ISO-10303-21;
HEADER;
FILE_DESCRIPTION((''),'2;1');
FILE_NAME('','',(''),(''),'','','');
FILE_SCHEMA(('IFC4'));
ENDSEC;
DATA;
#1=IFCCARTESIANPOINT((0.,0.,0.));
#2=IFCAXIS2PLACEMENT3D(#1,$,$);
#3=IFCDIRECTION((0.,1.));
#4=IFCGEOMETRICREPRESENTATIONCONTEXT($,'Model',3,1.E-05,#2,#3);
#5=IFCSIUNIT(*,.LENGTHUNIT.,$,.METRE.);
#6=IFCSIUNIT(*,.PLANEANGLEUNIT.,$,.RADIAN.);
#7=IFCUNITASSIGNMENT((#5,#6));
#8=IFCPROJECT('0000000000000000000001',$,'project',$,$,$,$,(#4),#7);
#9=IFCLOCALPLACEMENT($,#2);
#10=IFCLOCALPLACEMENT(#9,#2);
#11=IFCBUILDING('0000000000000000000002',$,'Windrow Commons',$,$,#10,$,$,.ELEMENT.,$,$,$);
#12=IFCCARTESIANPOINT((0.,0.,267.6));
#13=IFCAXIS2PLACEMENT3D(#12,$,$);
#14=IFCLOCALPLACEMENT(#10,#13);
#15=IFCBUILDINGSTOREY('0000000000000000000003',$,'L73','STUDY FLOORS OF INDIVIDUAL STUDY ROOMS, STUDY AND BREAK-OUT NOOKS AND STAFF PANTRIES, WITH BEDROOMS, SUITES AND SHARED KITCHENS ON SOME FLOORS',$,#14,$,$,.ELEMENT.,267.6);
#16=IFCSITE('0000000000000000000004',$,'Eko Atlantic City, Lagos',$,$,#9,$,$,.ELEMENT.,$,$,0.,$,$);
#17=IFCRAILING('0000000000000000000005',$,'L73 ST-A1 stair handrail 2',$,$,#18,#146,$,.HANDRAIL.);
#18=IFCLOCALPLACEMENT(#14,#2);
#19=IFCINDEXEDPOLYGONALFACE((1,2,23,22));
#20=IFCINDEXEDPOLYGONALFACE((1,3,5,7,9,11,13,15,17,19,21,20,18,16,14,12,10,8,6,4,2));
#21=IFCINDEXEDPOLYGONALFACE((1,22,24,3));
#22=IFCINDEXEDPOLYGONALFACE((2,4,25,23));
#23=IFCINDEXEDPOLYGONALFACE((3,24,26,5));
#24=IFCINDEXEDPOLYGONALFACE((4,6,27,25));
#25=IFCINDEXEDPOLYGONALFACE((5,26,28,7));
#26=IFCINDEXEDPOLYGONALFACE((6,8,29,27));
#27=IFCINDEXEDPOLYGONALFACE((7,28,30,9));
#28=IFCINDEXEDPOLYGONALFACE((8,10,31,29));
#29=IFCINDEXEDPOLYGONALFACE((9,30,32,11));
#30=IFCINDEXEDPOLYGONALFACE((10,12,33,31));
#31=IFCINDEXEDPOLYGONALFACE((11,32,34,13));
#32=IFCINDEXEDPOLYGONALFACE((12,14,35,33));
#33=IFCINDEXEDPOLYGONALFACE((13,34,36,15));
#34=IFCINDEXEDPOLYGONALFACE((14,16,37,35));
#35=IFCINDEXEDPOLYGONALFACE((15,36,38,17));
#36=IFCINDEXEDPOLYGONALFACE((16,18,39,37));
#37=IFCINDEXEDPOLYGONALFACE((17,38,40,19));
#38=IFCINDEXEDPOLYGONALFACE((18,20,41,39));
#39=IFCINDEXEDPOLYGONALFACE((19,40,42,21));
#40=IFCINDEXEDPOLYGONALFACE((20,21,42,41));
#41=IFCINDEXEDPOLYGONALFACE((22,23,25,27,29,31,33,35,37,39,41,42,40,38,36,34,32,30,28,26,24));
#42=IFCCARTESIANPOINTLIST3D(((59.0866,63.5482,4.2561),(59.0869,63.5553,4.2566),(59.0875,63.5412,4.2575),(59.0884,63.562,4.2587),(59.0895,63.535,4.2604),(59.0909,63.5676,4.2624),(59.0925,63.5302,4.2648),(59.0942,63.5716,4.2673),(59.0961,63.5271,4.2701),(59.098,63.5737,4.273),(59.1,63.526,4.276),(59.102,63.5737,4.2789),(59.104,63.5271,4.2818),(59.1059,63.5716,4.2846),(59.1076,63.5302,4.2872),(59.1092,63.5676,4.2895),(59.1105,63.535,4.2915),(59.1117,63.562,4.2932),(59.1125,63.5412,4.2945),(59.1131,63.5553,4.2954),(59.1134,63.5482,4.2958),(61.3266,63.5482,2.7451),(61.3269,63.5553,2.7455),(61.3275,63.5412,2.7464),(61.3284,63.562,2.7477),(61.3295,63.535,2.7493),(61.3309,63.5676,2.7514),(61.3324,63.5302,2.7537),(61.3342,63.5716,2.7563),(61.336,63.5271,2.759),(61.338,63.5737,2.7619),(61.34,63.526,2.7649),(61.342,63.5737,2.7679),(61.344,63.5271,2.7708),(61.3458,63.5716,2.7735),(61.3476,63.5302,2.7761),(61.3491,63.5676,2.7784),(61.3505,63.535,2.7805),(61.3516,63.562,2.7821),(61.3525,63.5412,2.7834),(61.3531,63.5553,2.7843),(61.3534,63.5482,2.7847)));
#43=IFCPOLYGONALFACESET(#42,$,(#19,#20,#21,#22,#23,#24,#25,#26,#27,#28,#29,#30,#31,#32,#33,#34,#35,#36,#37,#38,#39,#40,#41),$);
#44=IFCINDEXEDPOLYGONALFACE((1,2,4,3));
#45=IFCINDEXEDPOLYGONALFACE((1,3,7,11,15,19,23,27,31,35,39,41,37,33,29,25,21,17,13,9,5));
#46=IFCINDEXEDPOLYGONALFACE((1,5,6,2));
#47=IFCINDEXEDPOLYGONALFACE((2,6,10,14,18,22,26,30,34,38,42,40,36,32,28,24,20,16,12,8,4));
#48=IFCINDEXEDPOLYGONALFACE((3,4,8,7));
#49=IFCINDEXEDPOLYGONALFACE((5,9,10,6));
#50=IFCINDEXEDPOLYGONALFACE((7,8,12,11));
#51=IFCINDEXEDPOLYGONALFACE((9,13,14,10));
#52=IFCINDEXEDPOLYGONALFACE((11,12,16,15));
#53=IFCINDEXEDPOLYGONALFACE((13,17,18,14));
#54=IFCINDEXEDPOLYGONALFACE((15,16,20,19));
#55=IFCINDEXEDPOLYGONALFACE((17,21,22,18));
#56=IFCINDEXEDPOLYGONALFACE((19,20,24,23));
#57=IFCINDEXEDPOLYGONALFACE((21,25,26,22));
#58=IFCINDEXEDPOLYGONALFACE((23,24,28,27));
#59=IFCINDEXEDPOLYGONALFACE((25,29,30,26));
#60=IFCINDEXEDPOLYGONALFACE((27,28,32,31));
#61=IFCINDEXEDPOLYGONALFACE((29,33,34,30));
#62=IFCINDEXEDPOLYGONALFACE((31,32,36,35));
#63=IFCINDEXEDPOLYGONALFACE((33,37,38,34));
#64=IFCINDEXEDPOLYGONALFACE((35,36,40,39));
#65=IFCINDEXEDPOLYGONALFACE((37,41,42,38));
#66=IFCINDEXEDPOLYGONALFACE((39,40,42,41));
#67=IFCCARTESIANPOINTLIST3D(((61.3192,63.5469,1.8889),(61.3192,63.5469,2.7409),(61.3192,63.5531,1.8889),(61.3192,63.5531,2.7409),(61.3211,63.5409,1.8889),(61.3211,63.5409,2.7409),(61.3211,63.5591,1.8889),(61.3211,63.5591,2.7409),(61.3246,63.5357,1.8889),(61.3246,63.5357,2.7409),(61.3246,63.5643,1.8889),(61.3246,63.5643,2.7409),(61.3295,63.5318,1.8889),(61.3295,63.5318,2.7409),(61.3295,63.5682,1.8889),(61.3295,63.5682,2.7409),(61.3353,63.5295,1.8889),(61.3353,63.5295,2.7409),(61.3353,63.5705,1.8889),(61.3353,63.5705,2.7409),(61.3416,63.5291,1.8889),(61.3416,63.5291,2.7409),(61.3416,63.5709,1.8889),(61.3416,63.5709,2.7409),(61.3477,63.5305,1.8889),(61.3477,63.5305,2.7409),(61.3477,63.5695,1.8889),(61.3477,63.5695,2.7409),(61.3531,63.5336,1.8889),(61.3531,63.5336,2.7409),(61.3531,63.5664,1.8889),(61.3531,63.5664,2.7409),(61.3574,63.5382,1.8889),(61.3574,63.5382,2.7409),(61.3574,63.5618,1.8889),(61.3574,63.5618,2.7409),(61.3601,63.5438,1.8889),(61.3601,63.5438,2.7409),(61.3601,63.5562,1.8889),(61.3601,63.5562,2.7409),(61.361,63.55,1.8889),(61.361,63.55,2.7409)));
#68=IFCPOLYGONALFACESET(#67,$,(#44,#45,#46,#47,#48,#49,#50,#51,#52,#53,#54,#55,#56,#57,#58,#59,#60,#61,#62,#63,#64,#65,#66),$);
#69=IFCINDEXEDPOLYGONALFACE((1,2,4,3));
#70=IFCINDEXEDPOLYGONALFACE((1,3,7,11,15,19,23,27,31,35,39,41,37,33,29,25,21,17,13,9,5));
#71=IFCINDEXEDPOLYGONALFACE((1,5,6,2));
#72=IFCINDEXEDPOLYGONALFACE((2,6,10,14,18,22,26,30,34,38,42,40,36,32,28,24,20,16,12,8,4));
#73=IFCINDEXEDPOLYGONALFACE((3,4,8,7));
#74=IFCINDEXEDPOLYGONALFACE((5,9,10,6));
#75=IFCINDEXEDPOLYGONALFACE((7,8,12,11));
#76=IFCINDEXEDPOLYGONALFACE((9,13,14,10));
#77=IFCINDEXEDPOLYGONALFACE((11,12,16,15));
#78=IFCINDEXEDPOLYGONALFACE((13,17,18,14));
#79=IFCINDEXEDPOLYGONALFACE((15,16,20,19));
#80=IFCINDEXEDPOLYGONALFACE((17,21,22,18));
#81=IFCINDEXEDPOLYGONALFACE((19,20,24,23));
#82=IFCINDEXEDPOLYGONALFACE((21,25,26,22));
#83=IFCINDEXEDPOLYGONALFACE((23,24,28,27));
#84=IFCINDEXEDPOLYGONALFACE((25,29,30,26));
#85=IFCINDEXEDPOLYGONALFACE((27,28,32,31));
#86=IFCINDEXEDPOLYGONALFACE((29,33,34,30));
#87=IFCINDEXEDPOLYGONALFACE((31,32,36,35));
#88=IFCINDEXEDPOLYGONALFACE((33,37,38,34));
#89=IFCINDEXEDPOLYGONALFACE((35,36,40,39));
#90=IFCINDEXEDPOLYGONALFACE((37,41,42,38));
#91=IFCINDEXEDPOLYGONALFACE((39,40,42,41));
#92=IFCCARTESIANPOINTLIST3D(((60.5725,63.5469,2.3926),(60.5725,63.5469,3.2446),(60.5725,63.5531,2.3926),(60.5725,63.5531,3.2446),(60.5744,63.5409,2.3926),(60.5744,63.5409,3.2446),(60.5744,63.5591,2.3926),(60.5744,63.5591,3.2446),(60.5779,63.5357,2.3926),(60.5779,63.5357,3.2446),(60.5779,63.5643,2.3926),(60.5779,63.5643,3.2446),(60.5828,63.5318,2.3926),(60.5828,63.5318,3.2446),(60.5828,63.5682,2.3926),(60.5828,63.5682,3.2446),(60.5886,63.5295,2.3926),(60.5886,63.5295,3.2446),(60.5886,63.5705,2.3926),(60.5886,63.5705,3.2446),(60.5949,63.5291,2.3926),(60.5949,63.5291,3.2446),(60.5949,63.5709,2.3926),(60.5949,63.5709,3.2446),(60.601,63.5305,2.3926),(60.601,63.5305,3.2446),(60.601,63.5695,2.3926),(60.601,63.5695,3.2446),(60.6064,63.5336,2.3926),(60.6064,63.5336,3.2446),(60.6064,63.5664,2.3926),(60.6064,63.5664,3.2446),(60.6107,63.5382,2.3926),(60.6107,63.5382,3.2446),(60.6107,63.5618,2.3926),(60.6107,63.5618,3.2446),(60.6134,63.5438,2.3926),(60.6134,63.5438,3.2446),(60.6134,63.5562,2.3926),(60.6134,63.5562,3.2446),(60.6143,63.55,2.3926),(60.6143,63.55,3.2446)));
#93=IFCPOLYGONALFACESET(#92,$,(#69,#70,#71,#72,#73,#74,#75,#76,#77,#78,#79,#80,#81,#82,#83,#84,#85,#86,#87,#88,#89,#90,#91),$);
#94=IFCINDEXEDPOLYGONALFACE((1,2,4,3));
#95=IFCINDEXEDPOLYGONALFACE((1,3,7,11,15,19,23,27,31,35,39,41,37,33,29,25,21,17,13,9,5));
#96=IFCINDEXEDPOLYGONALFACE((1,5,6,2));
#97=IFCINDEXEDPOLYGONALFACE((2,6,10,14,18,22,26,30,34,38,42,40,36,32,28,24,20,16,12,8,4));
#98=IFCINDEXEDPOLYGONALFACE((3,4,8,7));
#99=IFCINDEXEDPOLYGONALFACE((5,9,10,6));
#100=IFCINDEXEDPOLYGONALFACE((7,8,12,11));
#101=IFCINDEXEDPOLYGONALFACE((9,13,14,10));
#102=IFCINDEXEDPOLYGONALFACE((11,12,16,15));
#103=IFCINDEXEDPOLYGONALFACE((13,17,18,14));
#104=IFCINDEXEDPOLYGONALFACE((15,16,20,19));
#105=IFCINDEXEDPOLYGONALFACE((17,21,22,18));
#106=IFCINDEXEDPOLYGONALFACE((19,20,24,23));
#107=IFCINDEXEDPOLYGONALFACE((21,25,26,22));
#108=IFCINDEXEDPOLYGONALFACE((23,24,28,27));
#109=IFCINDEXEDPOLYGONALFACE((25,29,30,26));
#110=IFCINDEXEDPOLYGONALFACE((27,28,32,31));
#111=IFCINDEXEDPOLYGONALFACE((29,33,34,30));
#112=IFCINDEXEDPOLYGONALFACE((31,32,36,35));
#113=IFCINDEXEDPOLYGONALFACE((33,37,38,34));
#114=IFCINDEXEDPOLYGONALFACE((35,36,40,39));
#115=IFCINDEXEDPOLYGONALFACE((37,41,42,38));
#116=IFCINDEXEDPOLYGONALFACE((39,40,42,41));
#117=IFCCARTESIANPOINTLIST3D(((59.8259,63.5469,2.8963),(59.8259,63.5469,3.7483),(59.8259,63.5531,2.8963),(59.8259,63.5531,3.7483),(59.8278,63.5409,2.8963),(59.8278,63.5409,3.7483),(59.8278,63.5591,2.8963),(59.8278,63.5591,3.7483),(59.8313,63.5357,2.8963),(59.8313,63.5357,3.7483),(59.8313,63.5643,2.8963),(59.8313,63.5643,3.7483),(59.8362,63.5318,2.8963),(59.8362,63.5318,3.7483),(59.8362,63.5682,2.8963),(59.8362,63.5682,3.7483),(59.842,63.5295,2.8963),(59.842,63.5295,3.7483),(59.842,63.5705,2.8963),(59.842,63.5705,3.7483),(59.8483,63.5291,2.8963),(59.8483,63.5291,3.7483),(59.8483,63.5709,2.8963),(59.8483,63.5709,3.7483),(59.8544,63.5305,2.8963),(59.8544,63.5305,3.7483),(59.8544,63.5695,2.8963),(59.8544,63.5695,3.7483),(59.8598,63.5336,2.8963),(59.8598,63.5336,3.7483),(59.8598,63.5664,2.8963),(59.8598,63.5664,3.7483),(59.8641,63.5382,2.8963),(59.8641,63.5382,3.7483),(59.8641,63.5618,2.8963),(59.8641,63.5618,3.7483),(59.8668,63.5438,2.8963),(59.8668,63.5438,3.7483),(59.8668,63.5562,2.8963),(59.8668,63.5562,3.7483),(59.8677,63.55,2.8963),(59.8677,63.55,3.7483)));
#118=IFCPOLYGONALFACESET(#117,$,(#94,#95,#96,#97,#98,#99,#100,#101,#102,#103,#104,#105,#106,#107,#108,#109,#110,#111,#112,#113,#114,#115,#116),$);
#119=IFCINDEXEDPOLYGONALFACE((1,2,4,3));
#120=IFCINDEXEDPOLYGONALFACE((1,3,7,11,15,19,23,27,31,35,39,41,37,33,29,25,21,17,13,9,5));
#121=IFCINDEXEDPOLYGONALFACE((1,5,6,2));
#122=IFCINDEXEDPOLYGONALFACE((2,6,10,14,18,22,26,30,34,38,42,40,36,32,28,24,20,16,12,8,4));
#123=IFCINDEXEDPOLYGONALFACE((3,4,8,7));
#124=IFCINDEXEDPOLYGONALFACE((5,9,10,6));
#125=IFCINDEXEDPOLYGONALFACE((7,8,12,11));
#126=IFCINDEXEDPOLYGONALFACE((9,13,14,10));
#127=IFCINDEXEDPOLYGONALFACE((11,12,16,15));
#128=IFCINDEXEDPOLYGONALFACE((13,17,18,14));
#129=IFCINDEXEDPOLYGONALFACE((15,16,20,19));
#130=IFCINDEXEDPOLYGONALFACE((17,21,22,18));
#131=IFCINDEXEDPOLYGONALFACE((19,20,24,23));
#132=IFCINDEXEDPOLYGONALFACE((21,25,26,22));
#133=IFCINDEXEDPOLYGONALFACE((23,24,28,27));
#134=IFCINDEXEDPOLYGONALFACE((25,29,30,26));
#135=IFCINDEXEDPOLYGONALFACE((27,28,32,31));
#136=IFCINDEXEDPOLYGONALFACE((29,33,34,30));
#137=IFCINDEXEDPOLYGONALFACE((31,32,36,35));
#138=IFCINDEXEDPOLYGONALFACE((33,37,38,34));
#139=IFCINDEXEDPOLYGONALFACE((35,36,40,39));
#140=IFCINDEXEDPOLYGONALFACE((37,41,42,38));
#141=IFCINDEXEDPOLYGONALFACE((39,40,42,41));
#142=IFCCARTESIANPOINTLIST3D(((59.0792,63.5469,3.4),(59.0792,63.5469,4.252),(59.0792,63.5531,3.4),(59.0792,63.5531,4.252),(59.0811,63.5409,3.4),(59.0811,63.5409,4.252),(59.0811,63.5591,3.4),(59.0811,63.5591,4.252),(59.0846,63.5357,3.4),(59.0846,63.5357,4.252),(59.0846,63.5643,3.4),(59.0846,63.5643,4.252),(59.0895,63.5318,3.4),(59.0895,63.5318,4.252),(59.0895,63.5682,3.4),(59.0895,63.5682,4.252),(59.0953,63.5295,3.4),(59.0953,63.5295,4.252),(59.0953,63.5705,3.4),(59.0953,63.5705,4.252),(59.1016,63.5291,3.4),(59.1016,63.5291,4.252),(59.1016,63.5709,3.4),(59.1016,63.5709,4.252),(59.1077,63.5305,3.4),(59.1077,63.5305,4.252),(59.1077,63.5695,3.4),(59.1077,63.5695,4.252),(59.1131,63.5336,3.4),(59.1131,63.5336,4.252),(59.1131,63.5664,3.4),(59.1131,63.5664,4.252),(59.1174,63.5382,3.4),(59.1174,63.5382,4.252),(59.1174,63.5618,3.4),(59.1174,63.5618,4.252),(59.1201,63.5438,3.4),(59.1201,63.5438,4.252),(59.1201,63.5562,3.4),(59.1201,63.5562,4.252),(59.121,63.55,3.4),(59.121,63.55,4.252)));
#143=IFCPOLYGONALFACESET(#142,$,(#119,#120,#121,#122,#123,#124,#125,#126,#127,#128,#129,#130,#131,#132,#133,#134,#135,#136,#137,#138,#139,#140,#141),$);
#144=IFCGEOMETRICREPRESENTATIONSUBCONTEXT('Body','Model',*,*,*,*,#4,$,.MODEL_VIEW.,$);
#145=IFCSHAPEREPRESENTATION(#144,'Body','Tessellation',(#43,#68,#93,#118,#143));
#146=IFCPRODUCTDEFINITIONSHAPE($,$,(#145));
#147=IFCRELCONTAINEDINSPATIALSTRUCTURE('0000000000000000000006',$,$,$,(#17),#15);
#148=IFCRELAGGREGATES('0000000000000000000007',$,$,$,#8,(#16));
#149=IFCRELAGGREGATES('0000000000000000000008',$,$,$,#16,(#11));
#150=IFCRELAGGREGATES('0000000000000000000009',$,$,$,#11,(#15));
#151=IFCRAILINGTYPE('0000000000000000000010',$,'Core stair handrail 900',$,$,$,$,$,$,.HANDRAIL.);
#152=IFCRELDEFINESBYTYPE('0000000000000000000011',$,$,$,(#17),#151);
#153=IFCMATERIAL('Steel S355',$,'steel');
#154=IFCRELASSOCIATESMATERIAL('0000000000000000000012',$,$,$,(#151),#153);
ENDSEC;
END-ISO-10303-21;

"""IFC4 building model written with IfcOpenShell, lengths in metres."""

from ifc_helpers import new_model, si_unit, direction, frame, origin, origin_2d, place, context, subcontext, project, spatial, circle, extrude, material, type_object, element, save


model = new_model("IFC4")

# Units and contexts
model_context = context("Model", 3, precision=1e-05, world=origin(), true_north=direction((0.0, 1.0)))
body_context = subcontext(model_context, "Body", "Model", "MODEL_VIEW")
ifc_project = project(units=[si_unit("LENGTHUNIT", "METRE"), si_unit("PLANEANGLEUNIT", "RADIAN")], contexts=[model_context])

# Site, building, storey
site_placement = place(None, origin())
site = spatial("IfcSite", under=ifc_project, at=site_placement, Name="Eko Atlantic City, Lagos", CompositionType="ELEMENT", RefElevation=0.0)
building_placement = place(site_placement, origin())
building = spatial("IfcBuilding", under=site, at=building_placement, Name="Windrow Commons", CompositionType="ELEMENT")
storey_placement = place(building_placement, frame((0.0, 0.0, 267.6)))
storey = spatial("IfcBuildingStorey", under=building, at=storey_placement, Name="L73", Description="STUDY FLOORS OF INDIVIDUAL STUDY ROOMS, STUDY AND BREAK-OUT NOOKS AND STAFF PANTRIES, WITH BEDROOMS, SUITES AND SHARED KITCHENS ON SOME FLOORS", CompositionType="ELEMENT", Elevation=267.6)

# Railing
ifc_material_1 = material(Name="Steel S355", Category="steel")
railing_type_1 = type_object("IfcRailingType", Name="Core stair handrail 900", PredefinedType="HANDRAIL", material=ifc_material_1)
railing_1_placement = place(storey_placement, frame((61.34, 63.55, 1.8889)))
element("IfcRailing", 1, at=railing_1_placement, inside=storey, type_object=railing_type_1, Name="L73 ST-A1 stair handrail 2", PredefinedType="HANDRAIL", context=body_context, shape_type="SweptSolid", body=[
    extrude(circle(Radius=0.024, at=origin_2d()), frame((0.0, 0.0, 0.876), z_axis=(-0.829003, 0.0, 0.559244), x_axis=(0.0, -1.0, 0.0)), (0.0, 0.0, 1.0), 2.702),
    extrude(circle(Radius=0.021, at=origin_2d()), origin(), (0.0, 0.0, 1.0), 0.852),
    extrude(circle(Radius=0.021, at=origin_2d()), frame((-0.7467, 0.0, 0.5037)), (0.0, 0.0, 1.0), 0.852),
    extrude(circle(Radius=0.021, at=origin_2d()), frame((-1.4933, 0.0, 1.0074)), (0.0, 0.0, 1.0), 0.852),
    extrude(circle(Radius=0.021, at=origin_2d()), frame((-2.24, 0.0, 1.5111)), (0.0, 0.0, 1.0), 0.852),
])

save(model, "model.ifc")
